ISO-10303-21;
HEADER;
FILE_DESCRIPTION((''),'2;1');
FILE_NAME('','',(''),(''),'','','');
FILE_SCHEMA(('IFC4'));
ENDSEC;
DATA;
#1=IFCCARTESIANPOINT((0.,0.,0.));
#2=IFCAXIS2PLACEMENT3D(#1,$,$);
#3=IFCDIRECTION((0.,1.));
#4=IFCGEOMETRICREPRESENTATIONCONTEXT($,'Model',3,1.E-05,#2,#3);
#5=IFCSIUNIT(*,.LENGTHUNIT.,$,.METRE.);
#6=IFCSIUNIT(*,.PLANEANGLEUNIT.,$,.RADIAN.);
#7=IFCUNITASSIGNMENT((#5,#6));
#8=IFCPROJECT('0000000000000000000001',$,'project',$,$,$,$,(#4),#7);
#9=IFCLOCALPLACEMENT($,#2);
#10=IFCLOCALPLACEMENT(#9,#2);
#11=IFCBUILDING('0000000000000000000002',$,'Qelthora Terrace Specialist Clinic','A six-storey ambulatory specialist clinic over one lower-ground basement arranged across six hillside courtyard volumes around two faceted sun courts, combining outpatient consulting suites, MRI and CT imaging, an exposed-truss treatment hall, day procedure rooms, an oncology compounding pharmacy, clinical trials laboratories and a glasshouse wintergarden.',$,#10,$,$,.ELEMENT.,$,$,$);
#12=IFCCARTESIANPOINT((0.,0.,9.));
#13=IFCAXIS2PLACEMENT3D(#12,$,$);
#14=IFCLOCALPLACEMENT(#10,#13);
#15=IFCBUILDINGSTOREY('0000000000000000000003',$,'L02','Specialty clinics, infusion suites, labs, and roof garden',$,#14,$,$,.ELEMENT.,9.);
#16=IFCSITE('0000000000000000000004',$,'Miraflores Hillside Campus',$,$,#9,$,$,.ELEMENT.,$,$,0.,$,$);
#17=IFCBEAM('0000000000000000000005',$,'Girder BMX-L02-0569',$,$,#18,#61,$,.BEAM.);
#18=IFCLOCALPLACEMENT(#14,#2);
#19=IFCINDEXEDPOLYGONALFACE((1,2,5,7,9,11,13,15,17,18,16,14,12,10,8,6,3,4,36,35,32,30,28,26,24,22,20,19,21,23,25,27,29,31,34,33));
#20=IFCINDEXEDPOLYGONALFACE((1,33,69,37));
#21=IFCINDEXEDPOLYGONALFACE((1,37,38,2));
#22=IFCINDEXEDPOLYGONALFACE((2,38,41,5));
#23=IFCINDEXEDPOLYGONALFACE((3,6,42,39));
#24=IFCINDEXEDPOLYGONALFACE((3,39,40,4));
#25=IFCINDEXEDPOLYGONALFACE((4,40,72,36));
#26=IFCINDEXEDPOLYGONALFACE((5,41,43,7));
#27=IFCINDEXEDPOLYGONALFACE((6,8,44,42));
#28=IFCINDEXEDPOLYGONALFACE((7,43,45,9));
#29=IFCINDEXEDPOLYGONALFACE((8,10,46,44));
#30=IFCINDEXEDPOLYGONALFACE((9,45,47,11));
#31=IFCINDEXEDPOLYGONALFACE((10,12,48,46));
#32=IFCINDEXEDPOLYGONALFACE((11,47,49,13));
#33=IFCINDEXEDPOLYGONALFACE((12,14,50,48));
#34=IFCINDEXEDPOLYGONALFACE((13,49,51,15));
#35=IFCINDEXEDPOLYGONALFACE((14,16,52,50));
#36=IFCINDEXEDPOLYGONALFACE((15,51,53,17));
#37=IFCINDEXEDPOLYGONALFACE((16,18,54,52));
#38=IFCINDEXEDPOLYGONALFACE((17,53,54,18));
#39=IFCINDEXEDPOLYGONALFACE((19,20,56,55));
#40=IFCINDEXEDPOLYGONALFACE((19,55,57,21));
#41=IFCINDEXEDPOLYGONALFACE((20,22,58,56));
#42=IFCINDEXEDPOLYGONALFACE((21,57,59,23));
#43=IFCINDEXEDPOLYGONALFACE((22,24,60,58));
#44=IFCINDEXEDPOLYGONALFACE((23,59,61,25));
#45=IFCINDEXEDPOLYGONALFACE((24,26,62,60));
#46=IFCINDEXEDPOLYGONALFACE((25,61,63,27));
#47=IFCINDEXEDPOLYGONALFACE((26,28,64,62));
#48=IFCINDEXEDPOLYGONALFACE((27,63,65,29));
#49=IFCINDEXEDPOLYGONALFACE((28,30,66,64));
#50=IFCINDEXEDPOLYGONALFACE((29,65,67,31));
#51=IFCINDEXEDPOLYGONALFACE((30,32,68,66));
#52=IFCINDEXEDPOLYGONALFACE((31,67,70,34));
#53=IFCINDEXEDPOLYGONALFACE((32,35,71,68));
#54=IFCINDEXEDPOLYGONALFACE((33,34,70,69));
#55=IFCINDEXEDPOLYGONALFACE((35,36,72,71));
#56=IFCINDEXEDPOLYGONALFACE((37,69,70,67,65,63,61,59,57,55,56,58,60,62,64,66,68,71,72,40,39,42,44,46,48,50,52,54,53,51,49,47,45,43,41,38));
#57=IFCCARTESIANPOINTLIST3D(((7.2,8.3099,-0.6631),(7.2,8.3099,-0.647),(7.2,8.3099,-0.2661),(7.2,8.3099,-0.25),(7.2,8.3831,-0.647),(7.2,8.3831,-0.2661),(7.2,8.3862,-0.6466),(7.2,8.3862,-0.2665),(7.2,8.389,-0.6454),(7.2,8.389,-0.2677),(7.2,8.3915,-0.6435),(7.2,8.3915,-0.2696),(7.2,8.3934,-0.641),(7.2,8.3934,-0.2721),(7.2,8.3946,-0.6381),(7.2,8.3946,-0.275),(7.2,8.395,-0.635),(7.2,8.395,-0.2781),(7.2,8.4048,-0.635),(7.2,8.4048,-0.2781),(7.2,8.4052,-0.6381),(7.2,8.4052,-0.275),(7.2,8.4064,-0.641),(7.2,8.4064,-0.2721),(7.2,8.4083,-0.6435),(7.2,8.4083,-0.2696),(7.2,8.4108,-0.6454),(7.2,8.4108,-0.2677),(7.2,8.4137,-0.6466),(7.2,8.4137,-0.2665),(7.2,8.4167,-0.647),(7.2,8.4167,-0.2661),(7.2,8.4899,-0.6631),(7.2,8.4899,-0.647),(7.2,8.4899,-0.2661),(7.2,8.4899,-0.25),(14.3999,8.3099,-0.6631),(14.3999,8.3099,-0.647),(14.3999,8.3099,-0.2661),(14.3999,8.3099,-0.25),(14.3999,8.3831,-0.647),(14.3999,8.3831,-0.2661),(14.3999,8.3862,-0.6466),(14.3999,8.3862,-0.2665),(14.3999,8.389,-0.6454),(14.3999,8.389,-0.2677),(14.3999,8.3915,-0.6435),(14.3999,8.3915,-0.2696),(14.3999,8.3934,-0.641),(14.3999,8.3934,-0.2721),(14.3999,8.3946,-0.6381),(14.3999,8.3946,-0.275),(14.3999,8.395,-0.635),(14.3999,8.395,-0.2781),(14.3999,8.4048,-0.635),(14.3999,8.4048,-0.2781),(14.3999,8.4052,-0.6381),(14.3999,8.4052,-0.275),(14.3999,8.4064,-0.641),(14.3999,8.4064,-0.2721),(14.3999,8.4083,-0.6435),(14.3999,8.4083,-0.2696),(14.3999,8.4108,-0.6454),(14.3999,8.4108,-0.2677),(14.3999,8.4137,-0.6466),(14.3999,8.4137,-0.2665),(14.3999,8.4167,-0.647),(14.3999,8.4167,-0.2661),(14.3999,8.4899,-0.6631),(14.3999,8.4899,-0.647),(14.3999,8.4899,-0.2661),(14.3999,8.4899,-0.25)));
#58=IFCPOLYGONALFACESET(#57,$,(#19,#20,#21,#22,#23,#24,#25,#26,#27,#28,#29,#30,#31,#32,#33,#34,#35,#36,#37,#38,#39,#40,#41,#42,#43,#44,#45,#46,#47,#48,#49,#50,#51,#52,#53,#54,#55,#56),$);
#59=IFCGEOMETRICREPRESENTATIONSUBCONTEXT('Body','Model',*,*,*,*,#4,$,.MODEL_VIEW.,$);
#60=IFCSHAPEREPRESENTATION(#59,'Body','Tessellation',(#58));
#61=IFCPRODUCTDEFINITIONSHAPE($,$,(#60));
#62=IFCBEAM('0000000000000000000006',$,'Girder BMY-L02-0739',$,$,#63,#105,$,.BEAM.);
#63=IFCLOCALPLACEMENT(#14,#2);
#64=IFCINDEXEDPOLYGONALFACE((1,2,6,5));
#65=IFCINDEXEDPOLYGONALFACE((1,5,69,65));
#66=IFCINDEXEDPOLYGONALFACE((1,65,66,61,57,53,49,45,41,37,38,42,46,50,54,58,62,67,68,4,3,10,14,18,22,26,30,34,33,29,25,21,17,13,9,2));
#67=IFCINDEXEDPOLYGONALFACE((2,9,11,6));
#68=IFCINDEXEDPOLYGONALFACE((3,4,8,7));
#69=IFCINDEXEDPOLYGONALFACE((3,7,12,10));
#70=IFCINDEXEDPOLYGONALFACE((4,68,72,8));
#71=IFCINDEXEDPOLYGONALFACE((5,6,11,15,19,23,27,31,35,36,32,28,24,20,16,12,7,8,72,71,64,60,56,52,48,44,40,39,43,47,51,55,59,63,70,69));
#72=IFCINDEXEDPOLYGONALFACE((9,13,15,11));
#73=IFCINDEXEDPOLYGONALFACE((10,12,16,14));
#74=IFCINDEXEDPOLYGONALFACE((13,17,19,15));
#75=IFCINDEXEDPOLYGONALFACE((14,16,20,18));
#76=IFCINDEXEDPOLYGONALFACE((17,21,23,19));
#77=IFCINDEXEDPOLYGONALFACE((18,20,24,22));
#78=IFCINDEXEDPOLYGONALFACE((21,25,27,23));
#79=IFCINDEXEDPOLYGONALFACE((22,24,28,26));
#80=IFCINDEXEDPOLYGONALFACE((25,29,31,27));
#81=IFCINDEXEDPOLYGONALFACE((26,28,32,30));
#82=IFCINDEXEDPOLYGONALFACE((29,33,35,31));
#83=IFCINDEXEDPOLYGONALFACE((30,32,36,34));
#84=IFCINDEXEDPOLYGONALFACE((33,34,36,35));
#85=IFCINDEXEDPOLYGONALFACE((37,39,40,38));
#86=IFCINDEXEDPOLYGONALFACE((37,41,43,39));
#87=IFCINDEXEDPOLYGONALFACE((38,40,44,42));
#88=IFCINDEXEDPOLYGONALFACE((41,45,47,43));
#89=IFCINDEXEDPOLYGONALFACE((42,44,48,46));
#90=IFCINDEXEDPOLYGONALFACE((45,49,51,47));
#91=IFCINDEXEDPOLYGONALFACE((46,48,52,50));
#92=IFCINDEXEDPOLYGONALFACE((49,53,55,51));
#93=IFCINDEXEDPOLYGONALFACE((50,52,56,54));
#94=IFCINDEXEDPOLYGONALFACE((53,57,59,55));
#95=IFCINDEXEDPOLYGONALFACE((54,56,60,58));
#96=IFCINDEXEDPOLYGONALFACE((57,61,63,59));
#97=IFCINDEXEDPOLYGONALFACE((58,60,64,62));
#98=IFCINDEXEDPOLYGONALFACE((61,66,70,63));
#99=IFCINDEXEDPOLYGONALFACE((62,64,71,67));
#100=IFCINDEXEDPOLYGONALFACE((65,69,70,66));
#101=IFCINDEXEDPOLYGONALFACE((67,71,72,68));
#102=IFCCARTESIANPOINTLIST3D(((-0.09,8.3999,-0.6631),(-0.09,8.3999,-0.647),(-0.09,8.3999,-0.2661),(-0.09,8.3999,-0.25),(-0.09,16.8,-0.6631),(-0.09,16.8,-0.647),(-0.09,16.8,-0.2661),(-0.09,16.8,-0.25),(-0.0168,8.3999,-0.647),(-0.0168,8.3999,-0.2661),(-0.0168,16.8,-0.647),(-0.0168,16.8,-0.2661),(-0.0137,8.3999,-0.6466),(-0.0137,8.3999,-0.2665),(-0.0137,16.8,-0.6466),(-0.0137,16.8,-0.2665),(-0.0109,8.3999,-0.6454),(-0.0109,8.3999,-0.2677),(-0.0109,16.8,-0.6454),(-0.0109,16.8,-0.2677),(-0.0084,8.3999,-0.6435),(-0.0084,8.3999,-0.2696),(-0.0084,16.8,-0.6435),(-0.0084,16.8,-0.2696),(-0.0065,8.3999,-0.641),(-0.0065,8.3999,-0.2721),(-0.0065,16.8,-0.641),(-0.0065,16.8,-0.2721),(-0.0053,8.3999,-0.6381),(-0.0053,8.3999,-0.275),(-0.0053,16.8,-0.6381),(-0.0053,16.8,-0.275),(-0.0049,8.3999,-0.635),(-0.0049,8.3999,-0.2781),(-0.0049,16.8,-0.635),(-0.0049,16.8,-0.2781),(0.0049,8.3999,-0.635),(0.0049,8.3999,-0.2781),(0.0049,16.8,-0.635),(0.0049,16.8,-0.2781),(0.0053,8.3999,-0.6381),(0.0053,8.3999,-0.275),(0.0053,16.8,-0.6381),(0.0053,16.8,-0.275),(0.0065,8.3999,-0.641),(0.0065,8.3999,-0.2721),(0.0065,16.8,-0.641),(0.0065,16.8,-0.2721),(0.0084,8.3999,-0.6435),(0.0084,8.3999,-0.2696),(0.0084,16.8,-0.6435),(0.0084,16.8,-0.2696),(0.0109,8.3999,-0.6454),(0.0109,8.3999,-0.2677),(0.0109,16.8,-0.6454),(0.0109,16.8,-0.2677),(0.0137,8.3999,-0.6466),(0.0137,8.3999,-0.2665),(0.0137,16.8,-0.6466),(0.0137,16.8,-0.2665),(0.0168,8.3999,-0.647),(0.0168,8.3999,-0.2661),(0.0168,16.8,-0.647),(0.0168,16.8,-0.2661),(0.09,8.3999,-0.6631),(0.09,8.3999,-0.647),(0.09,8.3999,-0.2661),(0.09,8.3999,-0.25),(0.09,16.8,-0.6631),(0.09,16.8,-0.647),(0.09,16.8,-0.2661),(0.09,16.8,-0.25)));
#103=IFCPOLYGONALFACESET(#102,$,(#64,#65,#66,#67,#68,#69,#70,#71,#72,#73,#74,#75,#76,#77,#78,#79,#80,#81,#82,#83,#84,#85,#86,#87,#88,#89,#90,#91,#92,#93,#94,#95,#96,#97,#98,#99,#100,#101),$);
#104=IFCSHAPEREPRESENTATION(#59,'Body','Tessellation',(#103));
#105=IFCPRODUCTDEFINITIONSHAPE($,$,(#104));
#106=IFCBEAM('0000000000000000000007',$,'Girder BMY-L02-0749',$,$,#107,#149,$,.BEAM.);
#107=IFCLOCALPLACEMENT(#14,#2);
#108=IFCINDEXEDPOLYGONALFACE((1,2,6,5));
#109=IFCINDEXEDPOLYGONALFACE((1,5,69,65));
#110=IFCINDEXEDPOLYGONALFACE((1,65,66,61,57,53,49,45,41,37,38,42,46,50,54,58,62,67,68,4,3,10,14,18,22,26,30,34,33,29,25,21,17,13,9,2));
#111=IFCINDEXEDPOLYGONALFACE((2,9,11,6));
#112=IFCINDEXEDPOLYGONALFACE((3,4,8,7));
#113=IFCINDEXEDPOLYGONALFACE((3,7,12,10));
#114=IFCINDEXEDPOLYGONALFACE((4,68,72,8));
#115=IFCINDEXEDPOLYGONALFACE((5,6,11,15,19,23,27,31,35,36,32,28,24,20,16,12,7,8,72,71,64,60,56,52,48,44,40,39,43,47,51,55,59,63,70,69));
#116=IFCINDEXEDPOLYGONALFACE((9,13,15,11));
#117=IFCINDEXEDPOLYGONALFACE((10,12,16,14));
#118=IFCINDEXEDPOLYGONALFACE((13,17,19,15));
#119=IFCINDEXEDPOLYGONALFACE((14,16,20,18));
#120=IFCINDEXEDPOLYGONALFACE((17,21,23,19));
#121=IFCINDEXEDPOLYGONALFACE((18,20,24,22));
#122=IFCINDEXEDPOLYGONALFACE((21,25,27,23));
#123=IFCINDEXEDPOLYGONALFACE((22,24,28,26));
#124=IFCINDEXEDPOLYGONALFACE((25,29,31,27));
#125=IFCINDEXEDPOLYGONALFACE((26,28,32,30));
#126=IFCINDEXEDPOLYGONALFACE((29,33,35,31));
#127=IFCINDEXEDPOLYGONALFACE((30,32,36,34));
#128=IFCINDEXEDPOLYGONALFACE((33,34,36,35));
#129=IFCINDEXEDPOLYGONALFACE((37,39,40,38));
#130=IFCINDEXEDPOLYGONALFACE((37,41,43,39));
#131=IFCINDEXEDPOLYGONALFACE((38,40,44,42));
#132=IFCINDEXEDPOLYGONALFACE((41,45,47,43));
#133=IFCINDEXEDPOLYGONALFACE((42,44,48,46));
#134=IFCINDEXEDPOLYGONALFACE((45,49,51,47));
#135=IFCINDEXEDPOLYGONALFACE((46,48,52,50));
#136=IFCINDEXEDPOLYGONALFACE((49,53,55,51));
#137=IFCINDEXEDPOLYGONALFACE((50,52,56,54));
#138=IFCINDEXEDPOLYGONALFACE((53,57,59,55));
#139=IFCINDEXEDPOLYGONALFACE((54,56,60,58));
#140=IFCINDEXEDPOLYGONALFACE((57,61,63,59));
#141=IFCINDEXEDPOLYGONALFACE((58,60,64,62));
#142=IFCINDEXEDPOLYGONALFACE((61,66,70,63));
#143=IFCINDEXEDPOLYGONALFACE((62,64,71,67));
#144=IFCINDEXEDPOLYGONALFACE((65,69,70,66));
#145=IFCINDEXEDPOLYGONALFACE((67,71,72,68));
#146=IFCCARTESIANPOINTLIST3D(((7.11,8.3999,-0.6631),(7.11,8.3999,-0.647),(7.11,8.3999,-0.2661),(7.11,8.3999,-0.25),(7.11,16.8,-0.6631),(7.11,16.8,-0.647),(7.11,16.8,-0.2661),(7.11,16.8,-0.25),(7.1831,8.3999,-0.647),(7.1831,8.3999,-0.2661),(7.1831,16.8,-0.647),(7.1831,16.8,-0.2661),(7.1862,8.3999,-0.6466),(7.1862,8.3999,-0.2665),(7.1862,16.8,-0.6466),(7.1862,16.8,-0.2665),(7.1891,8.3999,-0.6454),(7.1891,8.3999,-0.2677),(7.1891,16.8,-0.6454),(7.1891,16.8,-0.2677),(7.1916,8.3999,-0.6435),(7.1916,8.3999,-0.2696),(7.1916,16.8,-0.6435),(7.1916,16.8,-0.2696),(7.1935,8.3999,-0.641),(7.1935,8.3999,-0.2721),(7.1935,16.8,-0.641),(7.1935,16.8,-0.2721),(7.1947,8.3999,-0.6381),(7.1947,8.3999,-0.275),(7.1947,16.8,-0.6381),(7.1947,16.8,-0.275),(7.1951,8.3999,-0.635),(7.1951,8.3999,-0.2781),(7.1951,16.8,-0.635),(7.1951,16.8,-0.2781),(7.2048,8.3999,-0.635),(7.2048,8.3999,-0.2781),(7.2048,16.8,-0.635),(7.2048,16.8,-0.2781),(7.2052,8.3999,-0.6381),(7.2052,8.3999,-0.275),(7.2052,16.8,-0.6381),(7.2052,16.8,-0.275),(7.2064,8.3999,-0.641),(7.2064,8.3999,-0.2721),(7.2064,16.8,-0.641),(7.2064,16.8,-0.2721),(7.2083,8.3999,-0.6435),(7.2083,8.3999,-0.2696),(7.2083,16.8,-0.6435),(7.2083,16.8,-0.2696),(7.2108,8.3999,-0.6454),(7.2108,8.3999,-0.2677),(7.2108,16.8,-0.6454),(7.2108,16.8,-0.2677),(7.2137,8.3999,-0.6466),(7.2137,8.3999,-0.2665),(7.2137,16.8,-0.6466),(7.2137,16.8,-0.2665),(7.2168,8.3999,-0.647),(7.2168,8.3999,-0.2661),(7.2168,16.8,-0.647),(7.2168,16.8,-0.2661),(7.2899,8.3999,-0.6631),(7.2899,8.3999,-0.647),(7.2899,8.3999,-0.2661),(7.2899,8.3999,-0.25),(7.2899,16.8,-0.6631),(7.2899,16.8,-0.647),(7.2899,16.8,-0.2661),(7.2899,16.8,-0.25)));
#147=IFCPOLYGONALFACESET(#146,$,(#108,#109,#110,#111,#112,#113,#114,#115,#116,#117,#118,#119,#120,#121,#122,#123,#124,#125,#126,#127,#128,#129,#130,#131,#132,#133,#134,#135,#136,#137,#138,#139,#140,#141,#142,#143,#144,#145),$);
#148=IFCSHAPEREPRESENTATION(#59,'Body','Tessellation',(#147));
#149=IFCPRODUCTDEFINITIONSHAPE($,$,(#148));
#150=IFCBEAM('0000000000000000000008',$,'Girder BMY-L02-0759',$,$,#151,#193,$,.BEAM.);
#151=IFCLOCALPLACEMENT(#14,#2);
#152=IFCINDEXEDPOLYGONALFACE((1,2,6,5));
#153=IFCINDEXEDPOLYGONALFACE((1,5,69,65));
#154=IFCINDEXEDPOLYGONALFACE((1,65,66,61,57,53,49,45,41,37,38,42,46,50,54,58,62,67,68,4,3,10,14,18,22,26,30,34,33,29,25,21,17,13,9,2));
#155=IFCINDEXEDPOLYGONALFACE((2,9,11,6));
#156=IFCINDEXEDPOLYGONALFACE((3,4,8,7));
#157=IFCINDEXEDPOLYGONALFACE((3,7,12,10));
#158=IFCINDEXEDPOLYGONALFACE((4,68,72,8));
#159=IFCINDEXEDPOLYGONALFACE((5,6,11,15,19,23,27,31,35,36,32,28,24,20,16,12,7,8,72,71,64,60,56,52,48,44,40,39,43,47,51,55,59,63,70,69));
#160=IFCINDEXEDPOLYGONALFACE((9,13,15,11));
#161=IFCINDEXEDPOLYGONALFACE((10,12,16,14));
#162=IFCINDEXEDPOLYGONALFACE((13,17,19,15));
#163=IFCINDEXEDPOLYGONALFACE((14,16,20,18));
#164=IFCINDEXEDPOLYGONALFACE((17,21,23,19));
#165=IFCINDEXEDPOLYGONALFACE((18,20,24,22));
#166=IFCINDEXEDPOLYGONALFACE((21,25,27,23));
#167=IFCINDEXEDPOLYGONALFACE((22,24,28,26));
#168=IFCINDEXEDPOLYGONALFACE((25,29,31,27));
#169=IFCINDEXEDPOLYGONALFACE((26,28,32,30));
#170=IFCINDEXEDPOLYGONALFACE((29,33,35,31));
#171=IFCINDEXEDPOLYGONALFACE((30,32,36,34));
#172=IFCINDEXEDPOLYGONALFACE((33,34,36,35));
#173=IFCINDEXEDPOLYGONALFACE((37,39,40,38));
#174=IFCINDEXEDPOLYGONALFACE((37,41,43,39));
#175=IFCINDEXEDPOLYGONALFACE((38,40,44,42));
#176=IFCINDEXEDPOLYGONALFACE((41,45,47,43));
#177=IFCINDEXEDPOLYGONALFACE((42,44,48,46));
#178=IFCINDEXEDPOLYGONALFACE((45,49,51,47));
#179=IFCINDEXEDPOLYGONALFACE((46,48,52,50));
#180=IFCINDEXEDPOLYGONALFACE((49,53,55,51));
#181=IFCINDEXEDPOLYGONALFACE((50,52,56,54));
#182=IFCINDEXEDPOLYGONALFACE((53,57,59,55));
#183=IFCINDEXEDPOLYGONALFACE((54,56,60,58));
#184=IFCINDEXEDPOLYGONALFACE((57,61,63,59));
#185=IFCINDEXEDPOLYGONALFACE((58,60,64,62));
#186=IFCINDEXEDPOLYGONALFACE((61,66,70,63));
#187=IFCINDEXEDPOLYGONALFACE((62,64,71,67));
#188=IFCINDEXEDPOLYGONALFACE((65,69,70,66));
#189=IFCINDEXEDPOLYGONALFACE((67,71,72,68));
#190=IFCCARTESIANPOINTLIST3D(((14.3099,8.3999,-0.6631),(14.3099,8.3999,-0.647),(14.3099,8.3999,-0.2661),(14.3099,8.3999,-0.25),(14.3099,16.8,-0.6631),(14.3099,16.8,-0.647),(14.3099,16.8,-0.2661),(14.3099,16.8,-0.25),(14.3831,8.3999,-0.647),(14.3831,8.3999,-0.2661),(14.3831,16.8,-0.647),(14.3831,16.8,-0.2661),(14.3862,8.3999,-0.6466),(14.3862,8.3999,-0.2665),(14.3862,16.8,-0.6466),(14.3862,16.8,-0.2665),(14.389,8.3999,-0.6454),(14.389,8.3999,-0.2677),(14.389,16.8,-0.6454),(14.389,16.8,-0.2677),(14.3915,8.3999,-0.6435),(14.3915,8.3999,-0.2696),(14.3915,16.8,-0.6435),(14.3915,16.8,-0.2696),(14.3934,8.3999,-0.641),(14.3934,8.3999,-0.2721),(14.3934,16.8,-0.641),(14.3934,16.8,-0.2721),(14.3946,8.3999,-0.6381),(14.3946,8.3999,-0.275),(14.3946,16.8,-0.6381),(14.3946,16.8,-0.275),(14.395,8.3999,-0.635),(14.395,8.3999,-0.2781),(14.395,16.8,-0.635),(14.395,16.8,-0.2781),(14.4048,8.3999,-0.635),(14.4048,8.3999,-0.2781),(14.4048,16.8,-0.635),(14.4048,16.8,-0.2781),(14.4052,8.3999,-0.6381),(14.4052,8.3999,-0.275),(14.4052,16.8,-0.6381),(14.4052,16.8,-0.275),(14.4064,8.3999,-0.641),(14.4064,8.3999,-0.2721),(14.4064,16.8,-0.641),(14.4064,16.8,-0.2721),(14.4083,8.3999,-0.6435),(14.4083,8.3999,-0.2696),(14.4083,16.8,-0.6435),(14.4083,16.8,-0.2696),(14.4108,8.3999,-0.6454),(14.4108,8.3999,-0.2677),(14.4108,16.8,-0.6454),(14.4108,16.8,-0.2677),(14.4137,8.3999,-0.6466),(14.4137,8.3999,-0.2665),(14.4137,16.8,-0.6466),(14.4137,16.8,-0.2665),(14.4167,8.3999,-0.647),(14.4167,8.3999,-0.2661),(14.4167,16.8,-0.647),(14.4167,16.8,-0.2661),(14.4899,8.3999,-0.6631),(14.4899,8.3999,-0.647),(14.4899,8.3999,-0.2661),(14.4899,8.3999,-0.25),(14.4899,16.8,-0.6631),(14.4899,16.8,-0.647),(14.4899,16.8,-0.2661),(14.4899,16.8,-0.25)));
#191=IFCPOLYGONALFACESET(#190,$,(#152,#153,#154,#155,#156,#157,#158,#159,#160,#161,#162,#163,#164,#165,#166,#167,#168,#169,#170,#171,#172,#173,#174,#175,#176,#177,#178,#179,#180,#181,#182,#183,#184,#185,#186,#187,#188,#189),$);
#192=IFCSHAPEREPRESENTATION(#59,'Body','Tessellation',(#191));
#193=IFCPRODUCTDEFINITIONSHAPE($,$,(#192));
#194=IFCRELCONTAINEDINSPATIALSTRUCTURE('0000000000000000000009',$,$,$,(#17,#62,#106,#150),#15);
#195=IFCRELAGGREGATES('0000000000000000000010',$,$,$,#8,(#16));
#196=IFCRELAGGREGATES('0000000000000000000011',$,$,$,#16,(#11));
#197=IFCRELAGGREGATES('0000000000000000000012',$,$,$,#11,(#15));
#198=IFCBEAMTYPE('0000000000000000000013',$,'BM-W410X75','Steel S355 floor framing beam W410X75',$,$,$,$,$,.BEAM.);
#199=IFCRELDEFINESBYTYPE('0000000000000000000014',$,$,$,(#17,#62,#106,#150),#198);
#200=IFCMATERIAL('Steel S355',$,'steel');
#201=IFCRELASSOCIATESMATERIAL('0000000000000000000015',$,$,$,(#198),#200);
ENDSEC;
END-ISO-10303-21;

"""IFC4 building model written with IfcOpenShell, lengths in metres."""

from ifc_helpers import new_model, si_unit, direction, frame, origin, origin_2d, place, context, subcontext, project, spatial, i_section, extrude, material, material_profile, profile_set, type_object, element, save


model = new_model("IFC4")

# Units and contexts
model_context = context("Model", 3, precision=1e-05, world=origin(), true_north=direction((0.0, 1.0)))
body_context = subcontext(model_context, "Body", "Model", "MODEL_VIEW")
ifc_project = project(units=[si_unit("LENGTHUNIT", "METRE"), si_unit("PLANEANGLEUNIT", "RADIAN")], contexts=[model_context])

# Site, building, storey
site_placement = place(None, origin())
site = spatial("IfcSite", under=ifc_project, at=site_placement, Name="Miraflores Hillside Campus", CompositionType="ELEMENT", RefElevation=0.0)
building_placement = place(site_placement, origin())
building = spatial("IfcBuilding", under=site, at=building_placement, Name="Qelthora Terrace Specialist Clinic", Description="A six-storey ambulatory specialist clinic over one lower-ground basement arranged across six hillside courtyard volumes around two faceted sun courts, combining outpatient consulting suites, MRI and CT imaging, an exposed-truss treatment hall, day procedure rooms, an oncology compounding pharmacy, clinical trials laboratories and a glasshouse wintergarden.", CompositionType="ELEMENT")
storey_placement = place(building_placement, frame((0.0, 0.0, 9.0)))
storey = spatial("IfcBuildingStorey", under=building, at=storey_placement, Name="L02", Description="Specialty clinics, infusion suites, labs, and roof garden", CompositionType="ELEMENT", Elevation=9.0)

# Beams
ifc_material_1 = material(Name="Steel S355", Category="steel")
ifc_material_profile_1 = material_profile(ifc_material_1, i_section(OverallWidth=0.1799, OverallDepth=0.4131, WebThickness=0.0098, FlangeThickness=0.0161, FilletRadius=0.012, at=origin_2d()), Name="W410X75")
ifc_profile_set_1 = profile_set([ifc_material_profile_1], Name="Steel S355")
beam_type_1 = type_object("IfcBeamType", Name="BM-W410X75", Description="Steel S355 floor framing beam W410X75", PredefinedType="BEAM", material=ifc_profile_set_1)
beam_1_placement = place(storey_placement, frame((7.2, 8.3999, -0.4565), z_axis=(1.0, 0.0, 0.0), x_axis=(0.0, 1.0, 0.0)))
element("IfcBeam", 1, at=beam_1_placement, inside=storey, type_object=beam_type_1, Name="Girder BMX-L02-0569", PredefinedType="BEAM", context=body_context, shape_type="SweptSolid", body=[
    extrude(i_section(OverallWidth=0.1799, OverallDepth=0.4131, WebThickness=0.0098, FlangeThickness=0.0161, FilletRadius=0.012, at=origin_2d()), origin(), (0.0, 0.0, 1.0), 7.2),
])
for number, where, z_axis, x_axis, name in (
    (2, (0.0, 8.3999, -0.4565), (0.0, 1.0, 0.0), (-1.0, 0.0, 0.0), "Girder BMY-L02-0739"),
    (3, (7.2, 8.3999, -0.4565), (0.0, 1.0, 0.0), (-1.0, 0.0, 0.0), "Girder BMY-L02-0749"),
    (4, (14.3999, 8.3999, -0.4565), (0.0, 1.0, 0.0), (-1.0, 0.0, 0.0), "Girder BMY-L02-0759"),
):
    element("IfcBeam", number, at=place(storey_placement, frame(where, z_axis=z_axis, x_axis=x_axis)), inside=storey, type_object=beam_type_1, Name=name, PredefinedType="BEAM", context=body_context, shape_type="SweptSolid", body=[
        extrude(i_section(OverallWidth=0.1799, OverallDepth=0.4131, WebThickness=0.0098, FlangeThickness=0.0161, FilletRadius=0.012, at=origin_2d()), origin(), (0.0, 0.0, 1.0), 8.4001),
    ])

save(model, "model.ifc")
